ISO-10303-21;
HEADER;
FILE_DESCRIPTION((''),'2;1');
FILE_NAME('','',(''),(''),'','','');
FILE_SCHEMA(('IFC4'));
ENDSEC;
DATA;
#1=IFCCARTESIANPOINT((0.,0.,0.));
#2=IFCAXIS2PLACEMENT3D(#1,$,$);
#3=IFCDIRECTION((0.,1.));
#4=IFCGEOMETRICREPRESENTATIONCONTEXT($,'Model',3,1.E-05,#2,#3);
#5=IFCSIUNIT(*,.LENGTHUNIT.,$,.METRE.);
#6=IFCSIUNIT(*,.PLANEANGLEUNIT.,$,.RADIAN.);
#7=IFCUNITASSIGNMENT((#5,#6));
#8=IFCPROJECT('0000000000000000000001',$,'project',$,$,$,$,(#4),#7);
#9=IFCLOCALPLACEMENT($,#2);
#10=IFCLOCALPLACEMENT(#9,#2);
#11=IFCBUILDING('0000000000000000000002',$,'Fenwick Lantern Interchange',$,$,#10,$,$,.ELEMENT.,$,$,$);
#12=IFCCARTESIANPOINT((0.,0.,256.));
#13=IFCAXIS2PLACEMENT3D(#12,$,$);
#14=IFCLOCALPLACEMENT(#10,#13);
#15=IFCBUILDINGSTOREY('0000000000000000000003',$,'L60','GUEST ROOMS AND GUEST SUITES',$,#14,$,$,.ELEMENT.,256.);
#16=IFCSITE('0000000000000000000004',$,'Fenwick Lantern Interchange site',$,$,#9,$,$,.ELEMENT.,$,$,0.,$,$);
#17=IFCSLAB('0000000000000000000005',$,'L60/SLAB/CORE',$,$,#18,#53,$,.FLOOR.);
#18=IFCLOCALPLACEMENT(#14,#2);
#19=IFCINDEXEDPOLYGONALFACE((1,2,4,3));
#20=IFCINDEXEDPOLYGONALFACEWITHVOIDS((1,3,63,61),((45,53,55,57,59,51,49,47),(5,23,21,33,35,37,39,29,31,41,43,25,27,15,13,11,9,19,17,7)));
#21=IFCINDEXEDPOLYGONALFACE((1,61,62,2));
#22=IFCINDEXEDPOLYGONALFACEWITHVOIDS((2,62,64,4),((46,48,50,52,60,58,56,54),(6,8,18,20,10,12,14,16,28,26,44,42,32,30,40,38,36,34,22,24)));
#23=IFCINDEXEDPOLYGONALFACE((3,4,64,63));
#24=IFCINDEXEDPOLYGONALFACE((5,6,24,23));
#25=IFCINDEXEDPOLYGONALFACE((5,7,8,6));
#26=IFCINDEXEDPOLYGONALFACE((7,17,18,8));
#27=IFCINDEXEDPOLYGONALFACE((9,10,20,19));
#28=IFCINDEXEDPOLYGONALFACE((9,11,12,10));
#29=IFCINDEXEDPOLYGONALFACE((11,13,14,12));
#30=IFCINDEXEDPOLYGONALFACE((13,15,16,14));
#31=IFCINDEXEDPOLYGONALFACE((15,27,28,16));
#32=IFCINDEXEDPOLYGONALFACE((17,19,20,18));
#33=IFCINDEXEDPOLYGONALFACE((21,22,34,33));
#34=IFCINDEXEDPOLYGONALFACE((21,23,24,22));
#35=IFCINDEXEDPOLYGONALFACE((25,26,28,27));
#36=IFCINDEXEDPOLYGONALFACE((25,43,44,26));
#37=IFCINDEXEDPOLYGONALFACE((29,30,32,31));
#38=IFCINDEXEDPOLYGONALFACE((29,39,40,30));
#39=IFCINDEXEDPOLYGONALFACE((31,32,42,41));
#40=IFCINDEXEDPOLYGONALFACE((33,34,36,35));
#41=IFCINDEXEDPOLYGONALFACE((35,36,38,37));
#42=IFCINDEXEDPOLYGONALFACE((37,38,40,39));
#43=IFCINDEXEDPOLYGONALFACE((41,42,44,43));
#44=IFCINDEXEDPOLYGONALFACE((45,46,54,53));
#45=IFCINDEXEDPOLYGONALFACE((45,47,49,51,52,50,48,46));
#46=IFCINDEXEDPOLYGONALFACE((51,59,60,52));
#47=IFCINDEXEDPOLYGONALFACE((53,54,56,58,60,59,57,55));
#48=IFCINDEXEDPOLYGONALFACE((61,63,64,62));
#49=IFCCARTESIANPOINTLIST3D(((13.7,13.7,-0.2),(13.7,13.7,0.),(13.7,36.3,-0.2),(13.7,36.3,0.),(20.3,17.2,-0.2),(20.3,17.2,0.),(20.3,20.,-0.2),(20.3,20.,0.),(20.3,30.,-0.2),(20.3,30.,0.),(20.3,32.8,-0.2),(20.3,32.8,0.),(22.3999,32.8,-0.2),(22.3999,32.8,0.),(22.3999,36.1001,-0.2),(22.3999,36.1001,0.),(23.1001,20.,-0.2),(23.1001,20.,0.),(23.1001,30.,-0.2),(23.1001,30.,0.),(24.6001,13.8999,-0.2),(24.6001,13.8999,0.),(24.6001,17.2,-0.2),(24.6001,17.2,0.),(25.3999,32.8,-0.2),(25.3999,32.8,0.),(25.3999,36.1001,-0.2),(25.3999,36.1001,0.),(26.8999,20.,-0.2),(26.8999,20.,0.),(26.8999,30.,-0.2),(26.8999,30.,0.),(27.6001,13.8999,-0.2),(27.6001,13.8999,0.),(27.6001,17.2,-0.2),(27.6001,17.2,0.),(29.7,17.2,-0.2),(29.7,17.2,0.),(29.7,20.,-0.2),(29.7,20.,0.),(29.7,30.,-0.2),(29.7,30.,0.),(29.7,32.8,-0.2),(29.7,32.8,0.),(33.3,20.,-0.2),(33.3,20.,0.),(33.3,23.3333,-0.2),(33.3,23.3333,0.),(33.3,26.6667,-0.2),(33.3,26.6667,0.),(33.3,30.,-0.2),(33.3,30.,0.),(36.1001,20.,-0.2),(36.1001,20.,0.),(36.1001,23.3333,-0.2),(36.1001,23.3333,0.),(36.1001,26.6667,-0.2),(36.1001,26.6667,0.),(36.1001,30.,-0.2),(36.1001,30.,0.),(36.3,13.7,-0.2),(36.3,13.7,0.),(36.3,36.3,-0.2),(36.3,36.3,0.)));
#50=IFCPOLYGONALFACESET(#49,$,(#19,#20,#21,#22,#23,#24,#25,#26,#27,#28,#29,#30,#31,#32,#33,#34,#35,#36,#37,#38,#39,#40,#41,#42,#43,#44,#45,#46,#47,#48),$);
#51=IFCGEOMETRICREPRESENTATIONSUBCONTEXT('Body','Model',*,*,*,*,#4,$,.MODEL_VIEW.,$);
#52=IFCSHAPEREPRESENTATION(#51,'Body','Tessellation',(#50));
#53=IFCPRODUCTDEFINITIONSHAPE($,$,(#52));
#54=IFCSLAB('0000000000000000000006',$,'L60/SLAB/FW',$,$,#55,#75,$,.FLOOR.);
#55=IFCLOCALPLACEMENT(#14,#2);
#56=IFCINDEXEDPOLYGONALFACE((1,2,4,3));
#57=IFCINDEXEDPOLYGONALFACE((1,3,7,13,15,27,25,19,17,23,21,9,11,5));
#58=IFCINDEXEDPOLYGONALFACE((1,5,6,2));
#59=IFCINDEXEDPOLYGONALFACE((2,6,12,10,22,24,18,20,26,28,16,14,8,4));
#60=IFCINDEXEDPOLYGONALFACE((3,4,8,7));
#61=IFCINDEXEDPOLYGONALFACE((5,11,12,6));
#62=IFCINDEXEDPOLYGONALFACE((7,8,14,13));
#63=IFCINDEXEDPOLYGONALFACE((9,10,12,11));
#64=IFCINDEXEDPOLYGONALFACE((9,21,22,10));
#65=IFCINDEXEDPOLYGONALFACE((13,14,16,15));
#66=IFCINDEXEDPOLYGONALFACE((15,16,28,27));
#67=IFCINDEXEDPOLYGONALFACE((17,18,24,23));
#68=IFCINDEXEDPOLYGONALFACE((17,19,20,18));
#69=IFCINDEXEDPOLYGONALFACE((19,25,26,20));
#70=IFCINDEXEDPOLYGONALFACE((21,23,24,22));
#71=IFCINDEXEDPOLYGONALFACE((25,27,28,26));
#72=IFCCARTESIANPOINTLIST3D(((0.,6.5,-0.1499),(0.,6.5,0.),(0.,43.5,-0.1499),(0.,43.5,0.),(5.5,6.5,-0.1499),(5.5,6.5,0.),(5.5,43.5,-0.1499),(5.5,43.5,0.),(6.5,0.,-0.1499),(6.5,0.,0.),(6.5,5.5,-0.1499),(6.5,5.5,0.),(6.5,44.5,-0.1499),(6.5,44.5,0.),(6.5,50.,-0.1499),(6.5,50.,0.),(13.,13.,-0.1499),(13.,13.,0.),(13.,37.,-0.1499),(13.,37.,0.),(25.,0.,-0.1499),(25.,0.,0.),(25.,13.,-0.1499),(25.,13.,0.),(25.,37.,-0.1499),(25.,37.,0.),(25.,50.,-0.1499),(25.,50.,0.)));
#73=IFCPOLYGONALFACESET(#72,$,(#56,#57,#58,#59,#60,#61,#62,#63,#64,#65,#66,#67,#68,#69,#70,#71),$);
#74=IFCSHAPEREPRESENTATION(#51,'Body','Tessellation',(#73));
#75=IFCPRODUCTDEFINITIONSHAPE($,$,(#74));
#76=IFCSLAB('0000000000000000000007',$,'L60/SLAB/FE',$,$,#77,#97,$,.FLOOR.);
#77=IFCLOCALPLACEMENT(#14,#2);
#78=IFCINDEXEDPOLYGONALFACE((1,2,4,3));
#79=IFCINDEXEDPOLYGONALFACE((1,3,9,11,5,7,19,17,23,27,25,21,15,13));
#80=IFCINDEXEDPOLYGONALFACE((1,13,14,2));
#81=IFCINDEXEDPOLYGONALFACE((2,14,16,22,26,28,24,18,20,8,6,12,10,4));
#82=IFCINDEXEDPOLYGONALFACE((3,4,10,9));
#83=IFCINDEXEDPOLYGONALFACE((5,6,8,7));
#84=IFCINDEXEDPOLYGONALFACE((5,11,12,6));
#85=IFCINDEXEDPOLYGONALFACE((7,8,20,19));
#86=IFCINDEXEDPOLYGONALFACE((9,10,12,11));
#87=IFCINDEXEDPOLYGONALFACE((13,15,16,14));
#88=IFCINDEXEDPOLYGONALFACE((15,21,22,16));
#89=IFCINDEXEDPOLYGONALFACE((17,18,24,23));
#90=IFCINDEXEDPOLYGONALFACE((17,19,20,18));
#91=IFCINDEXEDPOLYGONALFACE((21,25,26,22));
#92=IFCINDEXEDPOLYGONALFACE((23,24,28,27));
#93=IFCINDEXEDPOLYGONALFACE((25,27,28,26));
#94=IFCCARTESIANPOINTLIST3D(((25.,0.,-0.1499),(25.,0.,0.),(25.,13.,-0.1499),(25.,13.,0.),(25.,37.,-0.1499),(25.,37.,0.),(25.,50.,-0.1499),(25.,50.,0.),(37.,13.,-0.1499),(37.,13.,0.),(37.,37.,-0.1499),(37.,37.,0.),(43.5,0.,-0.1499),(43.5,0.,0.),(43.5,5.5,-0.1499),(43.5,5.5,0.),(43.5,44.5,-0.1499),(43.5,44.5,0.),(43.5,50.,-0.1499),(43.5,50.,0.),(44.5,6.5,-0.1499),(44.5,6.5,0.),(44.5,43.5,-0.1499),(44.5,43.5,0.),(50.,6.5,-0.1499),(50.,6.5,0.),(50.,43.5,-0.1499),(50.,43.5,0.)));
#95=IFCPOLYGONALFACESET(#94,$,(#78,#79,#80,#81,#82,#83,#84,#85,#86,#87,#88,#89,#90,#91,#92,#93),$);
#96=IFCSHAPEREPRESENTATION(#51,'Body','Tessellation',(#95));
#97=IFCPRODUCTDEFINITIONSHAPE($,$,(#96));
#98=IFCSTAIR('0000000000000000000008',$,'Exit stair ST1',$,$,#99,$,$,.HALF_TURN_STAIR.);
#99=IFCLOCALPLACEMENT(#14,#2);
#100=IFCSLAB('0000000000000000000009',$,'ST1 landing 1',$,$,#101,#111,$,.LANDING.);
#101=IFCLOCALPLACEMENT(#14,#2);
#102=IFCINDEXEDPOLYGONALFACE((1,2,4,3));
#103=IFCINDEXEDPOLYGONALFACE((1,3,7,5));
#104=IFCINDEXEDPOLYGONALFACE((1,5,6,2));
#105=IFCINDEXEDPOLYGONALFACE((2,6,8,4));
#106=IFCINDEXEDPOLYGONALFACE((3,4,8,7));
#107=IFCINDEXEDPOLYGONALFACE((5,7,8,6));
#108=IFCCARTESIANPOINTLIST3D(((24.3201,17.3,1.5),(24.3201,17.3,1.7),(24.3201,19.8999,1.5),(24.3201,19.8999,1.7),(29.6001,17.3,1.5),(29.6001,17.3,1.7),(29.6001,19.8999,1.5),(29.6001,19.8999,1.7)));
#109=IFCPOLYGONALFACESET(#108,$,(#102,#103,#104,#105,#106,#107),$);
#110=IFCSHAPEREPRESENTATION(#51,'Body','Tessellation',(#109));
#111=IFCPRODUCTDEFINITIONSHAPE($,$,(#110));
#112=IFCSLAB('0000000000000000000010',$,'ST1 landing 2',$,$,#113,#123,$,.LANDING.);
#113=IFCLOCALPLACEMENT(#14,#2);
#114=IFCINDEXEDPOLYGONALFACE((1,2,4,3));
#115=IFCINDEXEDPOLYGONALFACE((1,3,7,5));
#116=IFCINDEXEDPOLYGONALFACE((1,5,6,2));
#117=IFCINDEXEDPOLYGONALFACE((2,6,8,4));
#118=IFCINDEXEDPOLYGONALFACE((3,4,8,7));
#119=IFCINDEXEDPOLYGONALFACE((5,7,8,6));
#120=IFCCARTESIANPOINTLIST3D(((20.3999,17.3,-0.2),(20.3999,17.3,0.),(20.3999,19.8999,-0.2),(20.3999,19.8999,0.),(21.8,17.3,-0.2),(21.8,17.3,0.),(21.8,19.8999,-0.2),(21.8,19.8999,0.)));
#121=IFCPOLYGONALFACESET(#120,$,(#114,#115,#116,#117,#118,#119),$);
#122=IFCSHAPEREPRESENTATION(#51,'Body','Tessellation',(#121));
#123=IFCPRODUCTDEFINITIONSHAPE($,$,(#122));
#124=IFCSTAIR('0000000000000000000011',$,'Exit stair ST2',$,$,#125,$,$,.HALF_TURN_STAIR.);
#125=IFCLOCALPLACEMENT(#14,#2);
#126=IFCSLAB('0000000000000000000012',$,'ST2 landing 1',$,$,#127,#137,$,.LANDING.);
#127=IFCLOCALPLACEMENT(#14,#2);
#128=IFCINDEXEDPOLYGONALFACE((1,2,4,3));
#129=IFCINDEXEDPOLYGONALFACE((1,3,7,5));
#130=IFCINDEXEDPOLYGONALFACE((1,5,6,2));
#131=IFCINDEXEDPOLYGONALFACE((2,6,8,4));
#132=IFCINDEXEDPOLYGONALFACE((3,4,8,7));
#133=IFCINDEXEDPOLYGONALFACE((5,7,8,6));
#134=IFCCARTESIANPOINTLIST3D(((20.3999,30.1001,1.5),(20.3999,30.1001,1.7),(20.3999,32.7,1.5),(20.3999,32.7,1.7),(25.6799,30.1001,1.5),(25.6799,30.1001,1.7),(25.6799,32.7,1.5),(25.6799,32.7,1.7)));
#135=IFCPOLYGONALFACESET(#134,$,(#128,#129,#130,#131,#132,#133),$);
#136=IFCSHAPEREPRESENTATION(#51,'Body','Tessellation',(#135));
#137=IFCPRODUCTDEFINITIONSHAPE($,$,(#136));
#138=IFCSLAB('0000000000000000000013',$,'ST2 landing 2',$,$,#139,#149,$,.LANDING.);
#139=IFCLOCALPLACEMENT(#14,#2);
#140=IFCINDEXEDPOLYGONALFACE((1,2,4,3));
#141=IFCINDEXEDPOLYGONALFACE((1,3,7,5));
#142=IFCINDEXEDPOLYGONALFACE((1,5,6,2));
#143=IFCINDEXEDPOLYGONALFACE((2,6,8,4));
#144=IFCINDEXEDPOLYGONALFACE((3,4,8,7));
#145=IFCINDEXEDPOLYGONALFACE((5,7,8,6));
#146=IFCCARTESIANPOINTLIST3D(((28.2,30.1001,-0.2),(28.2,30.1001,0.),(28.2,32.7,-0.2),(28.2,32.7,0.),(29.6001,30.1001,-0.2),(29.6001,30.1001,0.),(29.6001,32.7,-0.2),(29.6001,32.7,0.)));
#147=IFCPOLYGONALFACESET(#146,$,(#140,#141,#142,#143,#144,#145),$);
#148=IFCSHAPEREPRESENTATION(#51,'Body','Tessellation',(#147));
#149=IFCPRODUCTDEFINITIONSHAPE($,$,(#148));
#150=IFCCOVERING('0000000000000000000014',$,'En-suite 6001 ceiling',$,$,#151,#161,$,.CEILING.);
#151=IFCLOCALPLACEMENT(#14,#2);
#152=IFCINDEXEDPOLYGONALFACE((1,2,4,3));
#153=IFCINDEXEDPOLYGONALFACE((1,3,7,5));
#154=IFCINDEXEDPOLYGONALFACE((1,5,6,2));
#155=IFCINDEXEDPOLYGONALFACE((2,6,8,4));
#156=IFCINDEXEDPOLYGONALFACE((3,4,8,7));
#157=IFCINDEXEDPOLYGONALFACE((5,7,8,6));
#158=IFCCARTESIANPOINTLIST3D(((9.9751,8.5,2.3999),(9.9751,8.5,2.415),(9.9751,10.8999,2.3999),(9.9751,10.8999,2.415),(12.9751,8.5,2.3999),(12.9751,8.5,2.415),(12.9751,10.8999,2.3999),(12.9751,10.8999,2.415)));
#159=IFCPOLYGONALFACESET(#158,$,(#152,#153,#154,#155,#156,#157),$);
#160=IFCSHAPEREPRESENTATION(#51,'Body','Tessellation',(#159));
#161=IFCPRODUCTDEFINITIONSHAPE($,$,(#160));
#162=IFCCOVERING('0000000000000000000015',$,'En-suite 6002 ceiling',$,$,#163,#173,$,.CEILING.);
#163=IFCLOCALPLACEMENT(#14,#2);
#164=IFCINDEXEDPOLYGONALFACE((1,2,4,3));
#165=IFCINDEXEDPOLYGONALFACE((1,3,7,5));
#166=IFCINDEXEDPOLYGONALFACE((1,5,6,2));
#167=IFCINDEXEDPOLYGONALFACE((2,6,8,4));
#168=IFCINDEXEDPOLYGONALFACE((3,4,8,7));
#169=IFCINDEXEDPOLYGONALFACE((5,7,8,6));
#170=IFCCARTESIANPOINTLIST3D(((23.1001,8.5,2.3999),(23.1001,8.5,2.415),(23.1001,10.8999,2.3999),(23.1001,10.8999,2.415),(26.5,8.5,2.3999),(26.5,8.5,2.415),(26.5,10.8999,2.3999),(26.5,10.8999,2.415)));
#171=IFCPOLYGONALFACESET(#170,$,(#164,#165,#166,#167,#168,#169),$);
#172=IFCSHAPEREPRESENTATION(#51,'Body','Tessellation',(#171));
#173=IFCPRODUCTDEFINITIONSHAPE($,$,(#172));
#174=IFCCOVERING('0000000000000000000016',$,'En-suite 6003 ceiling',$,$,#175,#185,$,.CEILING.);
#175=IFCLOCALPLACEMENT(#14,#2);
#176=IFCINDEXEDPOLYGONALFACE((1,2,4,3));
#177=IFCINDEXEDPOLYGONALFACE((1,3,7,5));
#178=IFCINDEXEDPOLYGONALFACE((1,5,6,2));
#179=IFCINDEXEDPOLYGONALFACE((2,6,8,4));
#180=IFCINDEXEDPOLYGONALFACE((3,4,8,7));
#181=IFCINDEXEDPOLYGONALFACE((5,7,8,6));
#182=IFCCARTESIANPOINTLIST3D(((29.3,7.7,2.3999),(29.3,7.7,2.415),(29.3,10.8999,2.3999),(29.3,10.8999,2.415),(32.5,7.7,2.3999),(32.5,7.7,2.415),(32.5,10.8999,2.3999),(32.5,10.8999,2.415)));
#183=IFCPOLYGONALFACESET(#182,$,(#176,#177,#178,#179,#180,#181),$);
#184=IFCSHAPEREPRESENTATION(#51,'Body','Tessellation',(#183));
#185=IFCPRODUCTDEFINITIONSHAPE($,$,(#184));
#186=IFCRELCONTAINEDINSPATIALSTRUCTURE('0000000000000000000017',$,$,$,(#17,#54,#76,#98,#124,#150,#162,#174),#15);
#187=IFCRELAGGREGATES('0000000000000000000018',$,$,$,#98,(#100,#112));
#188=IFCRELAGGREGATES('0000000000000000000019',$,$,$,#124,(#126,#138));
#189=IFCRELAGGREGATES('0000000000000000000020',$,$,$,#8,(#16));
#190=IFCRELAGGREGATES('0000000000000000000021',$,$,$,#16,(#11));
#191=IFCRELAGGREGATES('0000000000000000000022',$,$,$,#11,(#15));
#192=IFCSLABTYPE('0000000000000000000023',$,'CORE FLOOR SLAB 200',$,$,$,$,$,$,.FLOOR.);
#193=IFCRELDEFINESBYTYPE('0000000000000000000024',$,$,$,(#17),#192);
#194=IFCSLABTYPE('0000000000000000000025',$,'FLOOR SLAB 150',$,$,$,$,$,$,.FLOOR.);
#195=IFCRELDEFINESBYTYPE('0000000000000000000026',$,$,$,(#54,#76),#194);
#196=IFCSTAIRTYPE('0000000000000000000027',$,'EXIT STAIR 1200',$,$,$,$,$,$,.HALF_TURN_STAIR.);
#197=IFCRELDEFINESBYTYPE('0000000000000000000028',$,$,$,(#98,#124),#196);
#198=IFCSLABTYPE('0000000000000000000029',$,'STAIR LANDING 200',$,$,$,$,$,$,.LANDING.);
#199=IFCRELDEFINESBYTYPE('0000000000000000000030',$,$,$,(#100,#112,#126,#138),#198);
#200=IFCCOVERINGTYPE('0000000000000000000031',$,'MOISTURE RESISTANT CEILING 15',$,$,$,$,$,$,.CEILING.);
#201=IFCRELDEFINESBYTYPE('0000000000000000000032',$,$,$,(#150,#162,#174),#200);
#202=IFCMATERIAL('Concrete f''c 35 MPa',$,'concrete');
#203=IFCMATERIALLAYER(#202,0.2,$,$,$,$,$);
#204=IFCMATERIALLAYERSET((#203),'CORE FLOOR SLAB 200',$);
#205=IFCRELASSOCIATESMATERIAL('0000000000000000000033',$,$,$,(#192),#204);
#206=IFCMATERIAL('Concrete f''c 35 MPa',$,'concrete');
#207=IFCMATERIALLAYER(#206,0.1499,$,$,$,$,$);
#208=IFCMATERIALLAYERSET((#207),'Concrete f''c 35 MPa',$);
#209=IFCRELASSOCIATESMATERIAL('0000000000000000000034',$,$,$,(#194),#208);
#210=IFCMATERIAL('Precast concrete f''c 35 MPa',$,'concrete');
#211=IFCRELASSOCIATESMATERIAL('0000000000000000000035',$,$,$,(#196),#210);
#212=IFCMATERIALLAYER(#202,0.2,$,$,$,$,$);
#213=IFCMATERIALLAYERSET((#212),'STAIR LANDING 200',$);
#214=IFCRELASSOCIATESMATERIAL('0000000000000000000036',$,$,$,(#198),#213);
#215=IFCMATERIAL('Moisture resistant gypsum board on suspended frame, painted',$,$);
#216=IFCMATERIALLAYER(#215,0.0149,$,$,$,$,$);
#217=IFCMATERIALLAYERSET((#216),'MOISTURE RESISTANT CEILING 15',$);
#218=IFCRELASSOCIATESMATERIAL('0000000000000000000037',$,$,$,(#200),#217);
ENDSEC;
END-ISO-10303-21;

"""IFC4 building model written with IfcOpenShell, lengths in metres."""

from ifc_helpers import new_model, si_unit, direction, frame, origin, place, context, subcontext, project, spatial, polyline, outline, extrude, material, layer, layer_set, type_object, element, aggregate, save


model = new_model("IFC4")

# Units and contexts
model_context = context("Model", 3, precision=1e-05, world=origin(), true_north=direction((0.0, 1.0)))
body_context = subcontext(model_context, "Body", "Model", "MODEL_VIEW")
ifc_project = project(units=[si_unit("LENGTHUNIT", "METRE"), si_unit("PLANEANGLEUNIT", "RADIAN")], contexts=[model_context])

# Site, building, storey
site_placement = place(None, origin())
site = spatial("IfcSite", under=ifc_project, at=site_placement, Name="Fenwick Lantern Interchange site", CompositionType="ELEMENT", RefElevation=0.0)
building_placement = place(site_placement, origin())
building = spatial("IfcBuilding", under=site, at=building_placement, Name="Fenwick Lantern Interchange", CompositionType="ELEMENT")
storey_placement = place(building_placement, frame((0.0, 0.0, 256.0)))
storey = spatial("IfcBuildingStorey", under=building, at=storey_placement, Name="L60", Description="GUEST ROOMS AND GUEST SUITES", CompositionType="ELEMENT", Elevation=256.0)

# Slabs
ifc_material_1 = material(Name="Concrete f'c 35 MPa", Category="concrete")
ifc_layer_1 = layer(ifc_material_1, 0.2)
ifc_layer_set_1 = layer_set([ifc_layer_1], Name="CORE FLOOR SLAB 200")
slab_type_1 = type_object("IfcSlabType", Name="CORE FLOOR SLAB 200", PredefinedType="FLOOR", material=ifc_layer_set_1)
slab_1_placement = place(storey_placement, frame((0.0, 0.0, -0.2)))
element("IfcSlab", 1, at=slab_1_placement, inside=storey, type_object=slab_type_1, Name="L60/SLAB/CORE", PredefinedType="FLOOR", context=body_context, shape_type="SweptSolid", body=[
    extrude(outline(polyline([(13.7, 36.3), (36.3, 36.3), (36.3, 13.7), (13.7, 13.7), (13.7, 36.3)]), holes=[polyline([(24.6001, 13.8999), (27.6001, 13.8999), (27.6001, 17.2), (29.7, 17.2), (29.7, 20.0), (26.8999, 20.0), (26.8999, 30.0), (29.7, 30.0), (29.7, 32.8), (25.3999, 32.8), (25.3999, 36.1001), (22.3999, 36.1001), (22.3999, 32.8), (20.3, 32.8), (20.3, 30.0), (23.1001, 30.0), (23.1001, 20.0), (20.3, 20.0), (20.3, 17.2), (24.6001, 17.2), (24.6001, 13.8999)]), polyline([(33.3, 20.0), (36.1001, 20.0), (36.1001, 23.3333), (36.1001, 26.6667), (36.1001, 30.0), (33.3, 30.0), (33.3, 26.6667), (33.3, 23.3333), (33.3, 20.0)])]), origin(), (0.0, 0.0, 1.0), 0.2),
])
ifc_material_2 = material(Name="Concrete f'c 35 MPa", Category="concrete")
ifc_layer_2 = layer(ifc_material_2, 0.1499)
ifc_layer_set_2 = layer_set([ifc_layer_2], Name="Concrete f'c 35 MPa")
slab_type_2 = type_object("IfcSlabType", Name="FLOOR SLAB 150", PredefinedType="FLOOR", material=ifc_layer_set_2)
slab_2_placement = place(storey_placement, frame((0.0, 0.0, -0.1499)))
element("IfcSlab", 2, at=slab_2_placement, inside=storey, type_object=slab_type_2, Name="L60/SLAB/FW", PredefinedType="FLOOR", context=body_context, shape_type="SweptSolid", body=[
    extrude(outline(polyline([(6.5, 0.0), (6.5, 5.5), (5.5, 6.5), (0.0, 6.5), (0.0, 43.5), (5.5, 43.5), (6.5, 44.5), (6.5, 50.0), (25.0, 50.0), (25.0, 37.0), (13.0, 37.0), (13.0, 13.0), (25.0, 13.0), (25.0, 0.0), (6.5, 0.0)])), origin(), (0.0, 0.0, 1.0), 0.1499),
])
slab_3_placement = place(storey_placement, frame((0.0, 0.0, -0.1499)))
element("IfcSlab", 3, at=slab_3_placement, inside=storey, type_object=slab_type_2, Name="L60/SLAB/FE", PredefinedType="FLOOR", context=body_context, shape_type="SweptSolid", body=[
    extrude(outline(polyline([(43.5, 50.0), (43.5, 44.5), (44.5, 43.5), (50.0, 43.5), (50.0, 6.5), (44.5, 6.5), (43.5, 5.5), (43.5, 0.0), (25.0, 0.0), (25.0, 13.0), (37.0, 13.0), (37.0, 37.0), (25.0, 37.0), (25.0, 50.0), (43.5, 50.0)])), origin(), (0.0, 0.0, 1.0), 0.1499),
])

# Stairs, slabs
ifc_material_3 = material(Name="Precast concrete f'c 35 MPa", Category="concrete")
stair_type = type_object("IfcStairType", Name="EXIT STAIR 1200", PredefinedType="HALF_TURN_STAIR", material=ifc_material_3)
stair_1_placement = place(storey_placement, origin())
stair_1 = element("IfcStair", 4, at=stair_1_placement, inside=storey, type_object=stair_type, Name="Exit stair ST1", PredefinedType="HALF_TURN_STAIR")
ifc_layer_3 = layer(ifc_material_1, 0.2)
ifc_layer_set_3 = layer_set([ifc_layer_3], Name="STAIR LANDING 200")
slab_type_3 = type_object("IfcSlabType", Name="STAIR LANDING 200", PredefinedType="LANDING", material=ifc_layer_set_3)
slab_4_placement = place(storey_placement, frame((0.0, 0.0, 1.5)))
slab_4 = element("IfcSlab", 5, at=slab_4_placement, type_object=slab_type_3, Name="ST1 landing 1", PredefinedType="LANDING", context=body_context, shape_type="SweptSolid", body=[
    extrude(outline(polyline([(24.3201, 17.3), (29.6001, 17.3), (29.6001, 19.8999), (24.3201, 19.8999), (24.3201, 17.3)])), origin(), (0.0, 0.0, 1.0), 0.2),
])
slab_5_placement = place(storey_placement, frame((0.0, 0.0, -0.2)))
slab_5 = element("IfcSlab", 6, at=slab_5_placement, type_object=slab_type_3, Name="ST1 landing 2", PredefinedType="LANDING", context=body_context, shape_type="SweptSolid", body=[
    extrude(outline(polyline([(20.3999, 17.3), (21.8, 17.3), (21.8, 19.8999), (20.3999, 19.8999), (20.3999, 17.3)])), origin(), (0.0, 0.0, 1.0), 0.2),
])
aggregate(stair_1, [slab_4, slab_5])
stair_2_placement = place(storey_placement, origin())
stair_2 = element("IfcStair", 7, at=stair_2_placement, inside=storey, type_object=stair_type, Name="Exit stair ST2", PredefinedType="HALF_TURN_STAIR")
slab_6_placement = place(storey_placement, frame((0.0, 0.0, 1.5)))
slab_6 = element("IfcSlab", 8, at=slab_6_placement, type_object=slab_type_3, Name="ST2 landing 1", PredefinedType="LANDING", context=body_context, shape_type="SweptSolid", body=[
    extrude(outline(polyline([(25.6799, 32.7), (20.3999, 32.7), (20.3999, 30.1001), (25.6799, 30.1001), (25.6799, 32.7)])), origin(), (0.0, 0.0, 1.0), 0.2),
])
slab_7_placement = place(storey_placement, frame((0.0, 0.0, -0.2)))
slab_7 = element("IfcSlab", 9, at=slab_7_placement, type_object=slab_type_3, Name="ST2 landing 2", PredefinedType="LANDING", context=body_context, shape_type="SweptSolid", body=[
    extrude(outline(polyline([(29.6001, 32.7), (28.2, 32.7), (28.2, 30.1001), (29.6001, 30.1001), (29.6001, 32.7)])), origin(), (0.0, 0.0, 1.0), 0.2),
])
aggregate(stair_2, [slab_6, slab_7])

# Coverings
ifc_material_4 = material(Name="Moisture resistant gypsum board on suspended frame, painted")
ifc_layer_4 = layer(ifc_material_4, 0.0149)
ifc_layer_set_4 = layer_set([ifc_layer_4], Name="MOISTURE RESISTANT CEILING 15")
covering_type_1 = type_object("IfcCoveringType", Name="MOISTURE RESISTANT CEILING 15", PredefinedType="CEILING", material=ifc_layer_set_4)
covering_1_placement = place(storey_placement, frame((0.0, 0.0, 2.3999)))
element("IfcCovering", 10, at=covering_1_placement, inside=storey, type_object=covering_type_1, Name="En-suite 6001 ceiling", PredefinedType="CEILING", context=body_context, shape_type="SweptSolid", body=[
    extrude(outline(polyline([(9.9751, 8.5), (12.9751, 8.5), (12.9751, 10.8999), (9.9751, 10.8999), (9.9751, 8.5)])), origin(), (0.0, 0.0, 1.0), 0.0151),
])
covering_2_placement = place(storey_placement, frame((0.0, 0.0, 2.3999)))
element("IfcCovering", 11, at=covering_2_placement, inside=storey, type_object=covering_type_1, Name="En-suite 6002 ceiling", PredefinedType="CEILING", context=body_context, shape_type="SweptSolid", body=[
    extrude(outline(polyline([(23.1001, 8.5), (26.5, 8.5), (26.5, 10.8999), (23.1001, 10.8999), (23.1001, 8.5)])), origin(), (0.0, 0.0, 1.0), 0.0151),
])
covering_3_placement = place(storey_placement, frame((0.0, 0.0, 2.3999)))
element("IfcCovering", 12, at=covering_3_placement, inside=storey, type_object=covering_type_1, Name="En-suite 6003 ceiling", PredefinedType="CEILING", context=body_context, shape_type="SweptSolid", body=[
    extrude(outline(polyline([(29.3, 7.7), (32.5, 7.7), (32.5, 10.8999), (29.3, 10.8999), (29.3, 7.7)])), origin(), (0.0, 0.0, 1.0), 0.0151),
])

save(model, "model.ifc")
